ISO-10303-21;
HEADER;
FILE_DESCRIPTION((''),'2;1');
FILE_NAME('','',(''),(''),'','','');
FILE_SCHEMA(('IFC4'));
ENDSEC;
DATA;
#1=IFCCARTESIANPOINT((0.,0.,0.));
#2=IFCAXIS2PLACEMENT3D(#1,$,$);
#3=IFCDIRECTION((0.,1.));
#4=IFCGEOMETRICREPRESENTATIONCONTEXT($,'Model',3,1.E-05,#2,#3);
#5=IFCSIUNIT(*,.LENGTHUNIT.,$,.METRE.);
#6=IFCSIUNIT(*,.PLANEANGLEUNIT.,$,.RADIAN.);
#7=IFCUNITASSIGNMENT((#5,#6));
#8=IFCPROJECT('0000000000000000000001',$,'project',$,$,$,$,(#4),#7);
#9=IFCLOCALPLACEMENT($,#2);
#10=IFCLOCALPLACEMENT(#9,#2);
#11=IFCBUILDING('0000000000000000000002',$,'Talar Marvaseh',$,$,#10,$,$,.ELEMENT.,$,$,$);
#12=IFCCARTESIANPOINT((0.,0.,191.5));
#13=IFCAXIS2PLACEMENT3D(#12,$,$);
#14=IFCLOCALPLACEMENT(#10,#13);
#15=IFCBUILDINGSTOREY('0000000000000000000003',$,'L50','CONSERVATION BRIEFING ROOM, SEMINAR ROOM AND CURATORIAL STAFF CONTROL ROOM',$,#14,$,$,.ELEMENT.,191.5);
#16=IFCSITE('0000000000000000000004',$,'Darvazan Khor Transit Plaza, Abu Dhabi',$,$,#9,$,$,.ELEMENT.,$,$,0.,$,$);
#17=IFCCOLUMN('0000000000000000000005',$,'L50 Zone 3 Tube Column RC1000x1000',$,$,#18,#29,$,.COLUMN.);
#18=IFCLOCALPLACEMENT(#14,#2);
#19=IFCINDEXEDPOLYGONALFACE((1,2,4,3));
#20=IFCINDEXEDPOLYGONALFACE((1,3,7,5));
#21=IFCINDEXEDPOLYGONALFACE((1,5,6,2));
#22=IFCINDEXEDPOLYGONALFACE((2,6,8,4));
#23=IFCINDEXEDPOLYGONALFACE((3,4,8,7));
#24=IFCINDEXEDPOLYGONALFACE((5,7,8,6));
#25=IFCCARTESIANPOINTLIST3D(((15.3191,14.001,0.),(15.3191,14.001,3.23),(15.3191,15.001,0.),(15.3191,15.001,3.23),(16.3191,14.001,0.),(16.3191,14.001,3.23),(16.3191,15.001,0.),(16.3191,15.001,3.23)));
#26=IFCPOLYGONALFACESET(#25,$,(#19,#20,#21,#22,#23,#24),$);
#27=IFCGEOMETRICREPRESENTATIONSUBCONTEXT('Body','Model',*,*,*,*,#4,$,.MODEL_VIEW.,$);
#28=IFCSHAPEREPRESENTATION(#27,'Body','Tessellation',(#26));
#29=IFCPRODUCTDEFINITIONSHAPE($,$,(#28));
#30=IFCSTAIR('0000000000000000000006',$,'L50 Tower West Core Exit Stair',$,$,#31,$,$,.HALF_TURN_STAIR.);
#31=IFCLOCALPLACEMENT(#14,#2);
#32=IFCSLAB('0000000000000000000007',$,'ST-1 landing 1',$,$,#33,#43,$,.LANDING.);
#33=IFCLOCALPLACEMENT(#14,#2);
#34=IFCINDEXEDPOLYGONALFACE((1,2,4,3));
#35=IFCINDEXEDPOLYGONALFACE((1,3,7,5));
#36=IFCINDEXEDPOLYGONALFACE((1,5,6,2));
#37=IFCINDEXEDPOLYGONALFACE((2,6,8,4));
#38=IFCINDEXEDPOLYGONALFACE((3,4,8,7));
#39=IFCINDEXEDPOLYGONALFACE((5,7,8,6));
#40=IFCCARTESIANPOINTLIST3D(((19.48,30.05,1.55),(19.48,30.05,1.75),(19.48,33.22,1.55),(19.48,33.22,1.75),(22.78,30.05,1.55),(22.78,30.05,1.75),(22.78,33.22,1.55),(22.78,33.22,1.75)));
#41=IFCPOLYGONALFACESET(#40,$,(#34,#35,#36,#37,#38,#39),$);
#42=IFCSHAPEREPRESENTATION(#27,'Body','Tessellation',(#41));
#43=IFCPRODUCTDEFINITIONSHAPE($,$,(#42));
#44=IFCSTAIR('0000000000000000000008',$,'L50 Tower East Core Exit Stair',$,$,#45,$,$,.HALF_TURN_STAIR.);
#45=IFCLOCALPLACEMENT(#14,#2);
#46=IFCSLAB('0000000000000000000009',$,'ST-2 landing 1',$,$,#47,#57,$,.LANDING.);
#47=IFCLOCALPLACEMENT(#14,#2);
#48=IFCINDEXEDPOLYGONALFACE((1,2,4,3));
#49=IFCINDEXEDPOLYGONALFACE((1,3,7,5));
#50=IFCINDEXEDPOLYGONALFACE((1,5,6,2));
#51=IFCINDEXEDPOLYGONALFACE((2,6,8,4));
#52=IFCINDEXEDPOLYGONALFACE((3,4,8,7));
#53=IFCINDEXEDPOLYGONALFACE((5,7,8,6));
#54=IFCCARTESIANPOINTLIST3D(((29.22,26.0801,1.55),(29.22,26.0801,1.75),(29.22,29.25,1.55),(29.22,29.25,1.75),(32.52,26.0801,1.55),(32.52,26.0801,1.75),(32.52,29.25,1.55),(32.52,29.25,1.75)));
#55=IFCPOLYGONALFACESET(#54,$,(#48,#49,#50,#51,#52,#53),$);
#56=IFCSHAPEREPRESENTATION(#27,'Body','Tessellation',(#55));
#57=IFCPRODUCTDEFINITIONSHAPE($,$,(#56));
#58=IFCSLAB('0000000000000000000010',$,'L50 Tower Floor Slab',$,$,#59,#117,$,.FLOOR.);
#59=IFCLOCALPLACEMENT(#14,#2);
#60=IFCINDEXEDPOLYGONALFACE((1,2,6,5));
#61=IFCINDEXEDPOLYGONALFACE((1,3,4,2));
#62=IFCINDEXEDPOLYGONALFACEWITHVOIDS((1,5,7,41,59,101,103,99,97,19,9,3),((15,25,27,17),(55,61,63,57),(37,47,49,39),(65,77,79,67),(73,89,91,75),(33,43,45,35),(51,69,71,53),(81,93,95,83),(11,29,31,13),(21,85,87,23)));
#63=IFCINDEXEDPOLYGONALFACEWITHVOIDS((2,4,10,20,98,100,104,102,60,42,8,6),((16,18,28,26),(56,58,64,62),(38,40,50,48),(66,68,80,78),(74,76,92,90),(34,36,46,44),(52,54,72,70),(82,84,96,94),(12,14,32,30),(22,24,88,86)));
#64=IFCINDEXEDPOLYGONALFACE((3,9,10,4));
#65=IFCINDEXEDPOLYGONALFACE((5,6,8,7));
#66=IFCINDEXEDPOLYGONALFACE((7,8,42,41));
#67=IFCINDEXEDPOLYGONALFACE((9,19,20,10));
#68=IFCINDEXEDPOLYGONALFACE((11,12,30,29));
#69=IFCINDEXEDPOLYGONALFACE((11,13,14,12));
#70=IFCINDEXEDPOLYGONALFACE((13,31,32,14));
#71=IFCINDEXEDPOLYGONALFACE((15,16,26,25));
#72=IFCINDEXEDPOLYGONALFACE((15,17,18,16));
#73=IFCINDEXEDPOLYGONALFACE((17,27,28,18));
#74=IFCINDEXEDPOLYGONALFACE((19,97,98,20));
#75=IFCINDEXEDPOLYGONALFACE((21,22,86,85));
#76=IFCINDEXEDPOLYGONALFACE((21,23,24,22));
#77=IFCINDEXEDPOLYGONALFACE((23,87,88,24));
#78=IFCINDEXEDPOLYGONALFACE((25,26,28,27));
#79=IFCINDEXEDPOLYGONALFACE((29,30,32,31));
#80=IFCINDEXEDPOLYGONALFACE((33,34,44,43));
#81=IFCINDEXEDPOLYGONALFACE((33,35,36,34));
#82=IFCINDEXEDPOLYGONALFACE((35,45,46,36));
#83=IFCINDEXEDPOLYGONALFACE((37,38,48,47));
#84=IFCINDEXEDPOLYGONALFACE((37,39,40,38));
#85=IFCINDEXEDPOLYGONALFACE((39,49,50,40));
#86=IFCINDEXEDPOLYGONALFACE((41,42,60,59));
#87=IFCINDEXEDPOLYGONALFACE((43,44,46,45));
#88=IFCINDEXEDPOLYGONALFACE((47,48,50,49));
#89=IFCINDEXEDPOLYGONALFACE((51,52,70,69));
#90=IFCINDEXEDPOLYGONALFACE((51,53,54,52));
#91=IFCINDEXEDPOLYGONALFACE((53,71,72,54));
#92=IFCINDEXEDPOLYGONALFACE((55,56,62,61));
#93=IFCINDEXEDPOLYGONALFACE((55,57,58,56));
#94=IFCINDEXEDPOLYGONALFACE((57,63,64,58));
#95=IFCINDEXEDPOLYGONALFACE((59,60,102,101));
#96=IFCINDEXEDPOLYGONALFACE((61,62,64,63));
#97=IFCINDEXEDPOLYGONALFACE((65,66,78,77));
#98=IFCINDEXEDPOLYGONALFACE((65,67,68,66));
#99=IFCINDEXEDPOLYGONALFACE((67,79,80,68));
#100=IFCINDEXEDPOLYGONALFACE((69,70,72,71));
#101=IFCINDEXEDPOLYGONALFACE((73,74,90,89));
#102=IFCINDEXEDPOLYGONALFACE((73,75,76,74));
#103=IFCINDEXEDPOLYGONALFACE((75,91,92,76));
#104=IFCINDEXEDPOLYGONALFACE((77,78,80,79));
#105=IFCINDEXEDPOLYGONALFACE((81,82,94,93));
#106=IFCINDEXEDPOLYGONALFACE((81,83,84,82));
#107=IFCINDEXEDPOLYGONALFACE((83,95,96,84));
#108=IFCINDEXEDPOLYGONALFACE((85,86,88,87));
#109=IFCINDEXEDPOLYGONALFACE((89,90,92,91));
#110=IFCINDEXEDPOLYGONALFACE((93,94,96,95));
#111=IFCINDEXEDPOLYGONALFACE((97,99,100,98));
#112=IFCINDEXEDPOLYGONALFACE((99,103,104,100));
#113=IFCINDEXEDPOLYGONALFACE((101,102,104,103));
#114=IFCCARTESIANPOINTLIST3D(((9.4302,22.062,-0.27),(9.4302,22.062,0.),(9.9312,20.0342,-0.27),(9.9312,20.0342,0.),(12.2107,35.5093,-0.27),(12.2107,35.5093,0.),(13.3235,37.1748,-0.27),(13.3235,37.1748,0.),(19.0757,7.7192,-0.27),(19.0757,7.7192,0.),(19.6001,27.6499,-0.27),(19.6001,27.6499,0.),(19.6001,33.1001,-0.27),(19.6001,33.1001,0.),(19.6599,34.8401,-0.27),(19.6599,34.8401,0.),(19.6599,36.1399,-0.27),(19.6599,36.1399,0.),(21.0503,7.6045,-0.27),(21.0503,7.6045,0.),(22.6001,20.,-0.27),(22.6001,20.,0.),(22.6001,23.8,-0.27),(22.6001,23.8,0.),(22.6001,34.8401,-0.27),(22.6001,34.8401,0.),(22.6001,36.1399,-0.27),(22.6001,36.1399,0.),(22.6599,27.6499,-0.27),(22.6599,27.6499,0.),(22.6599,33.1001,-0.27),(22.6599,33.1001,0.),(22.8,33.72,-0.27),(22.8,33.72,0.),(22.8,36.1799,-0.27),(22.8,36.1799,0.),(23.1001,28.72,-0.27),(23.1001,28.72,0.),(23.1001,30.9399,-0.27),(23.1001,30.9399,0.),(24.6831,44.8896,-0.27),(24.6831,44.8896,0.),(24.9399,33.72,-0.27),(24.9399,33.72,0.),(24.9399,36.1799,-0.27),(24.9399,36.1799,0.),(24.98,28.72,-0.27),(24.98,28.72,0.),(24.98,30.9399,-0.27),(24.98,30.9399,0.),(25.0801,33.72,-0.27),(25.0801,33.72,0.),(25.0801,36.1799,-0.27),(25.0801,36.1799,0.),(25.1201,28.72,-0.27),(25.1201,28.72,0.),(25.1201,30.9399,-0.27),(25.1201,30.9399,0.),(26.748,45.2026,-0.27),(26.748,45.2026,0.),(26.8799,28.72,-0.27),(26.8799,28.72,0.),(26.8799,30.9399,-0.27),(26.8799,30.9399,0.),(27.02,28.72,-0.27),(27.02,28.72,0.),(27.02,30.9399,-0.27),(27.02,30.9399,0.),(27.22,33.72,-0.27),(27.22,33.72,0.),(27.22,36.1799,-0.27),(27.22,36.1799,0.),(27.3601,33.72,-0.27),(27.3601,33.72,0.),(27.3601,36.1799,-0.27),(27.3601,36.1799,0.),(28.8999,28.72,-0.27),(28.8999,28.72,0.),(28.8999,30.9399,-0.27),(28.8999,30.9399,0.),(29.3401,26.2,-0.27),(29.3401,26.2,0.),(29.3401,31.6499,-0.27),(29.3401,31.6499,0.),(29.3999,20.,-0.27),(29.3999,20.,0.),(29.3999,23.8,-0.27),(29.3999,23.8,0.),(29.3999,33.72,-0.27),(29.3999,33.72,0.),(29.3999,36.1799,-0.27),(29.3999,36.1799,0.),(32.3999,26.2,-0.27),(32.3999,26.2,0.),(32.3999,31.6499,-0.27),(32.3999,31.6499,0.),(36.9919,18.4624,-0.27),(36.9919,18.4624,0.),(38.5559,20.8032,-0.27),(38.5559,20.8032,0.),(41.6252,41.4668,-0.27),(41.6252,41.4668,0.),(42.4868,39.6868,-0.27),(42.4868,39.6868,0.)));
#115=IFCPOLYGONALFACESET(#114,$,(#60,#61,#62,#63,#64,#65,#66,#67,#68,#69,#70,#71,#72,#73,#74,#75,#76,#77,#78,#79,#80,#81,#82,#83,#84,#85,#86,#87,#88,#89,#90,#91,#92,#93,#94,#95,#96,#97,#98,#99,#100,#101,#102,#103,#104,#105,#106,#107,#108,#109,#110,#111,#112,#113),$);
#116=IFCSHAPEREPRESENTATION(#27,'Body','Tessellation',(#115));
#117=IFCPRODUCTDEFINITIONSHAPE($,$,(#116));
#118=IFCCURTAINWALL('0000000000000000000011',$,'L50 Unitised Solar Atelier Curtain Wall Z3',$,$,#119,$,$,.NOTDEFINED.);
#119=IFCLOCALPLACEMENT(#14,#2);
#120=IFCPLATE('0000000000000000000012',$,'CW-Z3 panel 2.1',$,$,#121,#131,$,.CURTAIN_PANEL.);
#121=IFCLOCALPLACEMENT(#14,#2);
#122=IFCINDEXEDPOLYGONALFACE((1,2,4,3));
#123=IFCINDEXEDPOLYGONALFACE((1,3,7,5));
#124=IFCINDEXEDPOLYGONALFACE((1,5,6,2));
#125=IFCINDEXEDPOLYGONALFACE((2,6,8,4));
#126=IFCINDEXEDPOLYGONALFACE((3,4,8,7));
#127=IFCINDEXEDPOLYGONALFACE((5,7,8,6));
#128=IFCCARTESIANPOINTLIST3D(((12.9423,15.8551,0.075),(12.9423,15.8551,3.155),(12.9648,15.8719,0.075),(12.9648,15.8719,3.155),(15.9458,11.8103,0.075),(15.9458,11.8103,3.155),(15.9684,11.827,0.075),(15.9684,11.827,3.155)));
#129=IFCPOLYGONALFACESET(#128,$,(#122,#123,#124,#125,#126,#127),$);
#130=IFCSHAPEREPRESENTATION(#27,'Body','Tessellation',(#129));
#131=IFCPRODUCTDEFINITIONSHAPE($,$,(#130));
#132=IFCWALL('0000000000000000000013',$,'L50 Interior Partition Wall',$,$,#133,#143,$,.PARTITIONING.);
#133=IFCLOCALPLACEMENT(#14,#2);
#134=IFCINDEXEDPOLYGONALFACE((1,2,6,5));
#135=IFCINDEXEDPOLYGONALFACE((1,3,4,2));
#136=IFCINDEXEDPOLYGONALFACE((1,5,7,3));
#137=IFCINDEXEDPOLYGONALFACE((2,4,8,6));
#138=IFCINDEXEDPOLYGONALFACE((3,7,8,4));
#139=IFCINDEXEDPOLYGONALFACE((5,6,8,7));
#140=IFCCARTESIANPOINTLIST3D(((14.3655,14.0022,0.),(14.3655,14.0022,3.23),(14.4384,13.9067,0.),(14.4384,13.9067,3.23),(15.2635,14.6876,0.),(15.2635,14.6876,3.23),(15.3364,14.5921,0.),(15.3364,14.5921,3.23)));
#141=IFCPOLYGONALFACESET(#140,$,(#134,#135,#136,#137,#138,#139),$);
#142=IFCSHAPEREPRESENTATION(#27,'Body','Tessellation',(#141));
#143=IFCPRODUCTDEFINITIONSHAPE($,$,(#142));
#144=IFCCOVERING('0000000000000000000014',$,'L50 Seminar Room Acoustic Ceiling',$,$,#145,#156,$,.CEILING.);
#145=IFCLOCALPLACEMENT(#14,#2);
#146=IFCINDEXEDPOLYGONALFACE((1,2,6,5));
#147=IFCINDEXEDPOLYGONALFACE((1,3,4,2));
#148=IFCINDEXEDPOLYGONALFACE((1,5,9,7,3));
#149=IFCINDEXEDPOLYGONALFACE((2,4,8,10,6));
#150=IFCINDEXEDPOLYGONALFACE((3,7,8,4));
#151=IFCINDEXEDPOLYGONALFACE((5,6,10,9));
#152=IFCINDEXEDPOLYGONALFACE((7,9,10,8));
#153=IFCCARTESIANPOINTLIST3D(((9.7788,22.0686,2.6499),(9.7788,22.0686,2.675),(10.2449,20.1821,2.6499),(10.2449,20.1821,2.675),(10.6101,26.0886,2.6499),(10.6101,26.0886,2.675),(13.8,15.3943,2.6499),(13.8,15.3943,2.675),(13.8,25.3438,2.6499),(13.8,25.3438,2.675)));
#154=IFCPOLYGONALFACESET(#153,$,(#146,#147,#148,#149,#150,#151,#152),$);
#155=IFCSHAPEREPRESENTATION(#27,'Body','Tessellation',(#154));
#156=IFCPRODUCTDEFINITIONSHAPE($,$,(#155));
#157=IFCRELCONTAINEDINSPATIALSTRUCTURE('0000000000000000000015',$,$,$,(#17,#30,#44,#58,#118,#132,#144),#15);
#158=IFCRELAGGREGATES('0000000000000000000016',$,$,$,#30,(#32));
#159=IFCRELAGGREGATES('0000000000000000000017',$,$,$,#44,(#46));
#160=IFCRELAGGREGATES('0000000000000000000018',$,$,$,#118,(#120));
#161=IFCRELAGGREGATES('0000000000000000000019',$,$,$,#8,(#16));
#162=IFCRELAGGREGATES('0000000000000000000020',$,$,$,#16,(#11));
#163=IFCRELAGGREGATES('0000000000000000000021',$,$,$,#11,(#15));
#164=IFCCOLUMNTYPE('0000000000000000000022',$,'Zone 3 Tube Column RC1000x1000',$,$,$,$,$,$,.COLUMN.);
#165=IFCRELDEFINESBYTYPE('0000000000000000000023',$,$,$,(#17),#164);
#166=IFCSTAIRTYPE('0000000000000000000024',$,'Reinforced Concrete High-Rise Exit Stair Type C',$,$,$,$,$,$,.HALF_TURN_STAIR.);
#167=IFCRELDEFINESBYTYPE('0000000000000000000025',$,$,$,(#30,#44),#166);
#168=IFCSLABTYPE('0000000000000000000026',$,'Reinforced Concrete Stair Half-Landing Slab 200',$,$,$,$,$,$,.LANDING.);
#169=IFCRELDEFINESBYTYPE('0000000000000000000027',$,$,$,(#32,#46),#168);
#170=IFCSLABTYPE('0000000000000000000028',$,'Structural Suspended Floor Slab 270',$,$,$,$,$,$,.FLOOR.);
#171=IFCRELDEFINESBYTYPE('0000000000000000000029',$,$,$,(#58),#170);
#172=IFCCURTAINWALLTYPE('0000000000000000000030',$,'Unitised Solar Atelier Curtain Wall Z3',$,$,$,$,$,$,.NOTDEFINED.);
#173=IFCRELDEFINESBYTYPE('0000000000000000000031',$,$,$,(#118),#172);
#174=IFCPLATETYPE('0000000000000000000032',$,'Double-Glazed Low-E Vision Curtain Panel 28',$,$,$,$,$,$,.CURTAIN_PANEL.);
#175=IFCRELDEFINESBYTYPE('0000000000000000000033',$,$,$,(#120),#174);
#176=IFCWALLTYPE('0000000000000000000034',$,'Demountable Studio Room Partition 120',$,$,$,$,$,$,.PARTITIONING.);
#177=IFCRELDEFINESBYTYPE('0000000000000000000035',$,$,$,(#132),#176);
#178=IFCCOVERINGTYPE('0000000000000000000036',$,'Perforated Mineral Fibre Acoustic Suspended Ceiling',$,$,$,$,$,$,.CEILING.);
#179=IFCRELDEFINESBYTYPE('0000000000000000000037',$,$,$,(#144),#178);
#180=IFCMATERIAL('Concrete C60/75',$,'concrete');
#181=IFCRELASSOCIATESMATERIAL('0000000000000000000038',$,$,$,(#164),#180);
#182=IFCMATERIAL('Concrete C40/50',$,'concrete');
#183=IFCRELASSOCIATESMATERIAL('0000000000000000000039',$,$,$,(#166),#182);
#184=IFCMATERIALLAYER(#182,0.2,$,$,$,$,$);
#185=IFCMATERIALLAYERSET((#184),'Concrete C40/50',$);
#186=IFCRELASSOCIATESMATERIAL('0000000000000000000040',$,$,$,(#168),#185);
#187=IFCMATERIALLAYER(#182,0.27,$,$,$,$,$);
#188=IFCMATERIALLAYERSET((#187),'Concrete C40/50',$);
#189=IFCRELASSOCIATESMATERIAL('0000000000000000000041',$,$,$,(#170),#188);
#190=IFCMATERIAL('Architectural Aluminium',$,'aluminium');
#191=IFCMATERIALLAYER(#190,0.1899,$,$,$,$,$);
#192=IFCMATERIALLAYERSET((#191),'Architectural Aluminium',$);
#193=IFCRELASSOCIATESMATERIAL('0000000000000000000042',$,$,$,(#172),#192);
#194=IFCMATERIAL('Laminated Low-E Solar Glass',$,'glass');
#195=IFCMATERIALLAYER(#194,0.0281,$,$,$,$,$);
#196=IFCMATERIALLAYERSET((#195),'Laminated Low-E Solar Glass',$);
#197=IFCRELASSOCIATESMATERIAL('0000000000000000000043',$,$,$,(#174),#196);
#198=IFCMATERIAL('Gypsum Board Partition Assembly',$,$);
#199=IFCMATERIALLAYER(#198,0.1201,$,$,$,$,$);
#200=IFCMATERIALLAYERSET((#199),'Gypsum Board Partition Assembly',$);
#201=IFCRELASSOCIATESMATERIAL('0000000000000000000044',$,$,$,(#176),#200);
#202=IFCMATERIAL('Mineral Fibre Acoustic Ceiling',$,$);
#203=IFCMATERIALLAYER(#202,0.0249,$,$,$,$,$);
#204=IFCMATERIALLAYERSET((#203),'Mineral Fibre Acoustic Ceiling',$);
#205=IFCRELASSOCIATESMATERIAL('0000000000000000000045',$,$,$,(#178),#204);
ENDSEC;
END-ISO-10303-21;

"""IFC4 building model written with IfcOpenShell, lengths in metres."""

from ifc_helpers import new_model, si_unit, direction, frame, frame_2d, origin, origin_2d, place, context, subcontext, project, spatial, polyline, rectangle, outline, extrude, source, transform, mapped, material, layer, layer_set, material_profile, profile_set, type_object, type_shapes, element, aggregate, save


model = new_model("IFC4")

# Units and contexts
model_context = context("Model", 3, precision=1e-05, world=origin(), true_north=direction((0.0, 1.0)))
body_context = subcontext(model_context, "Body", "Model", "MODEL_VIEW")
ifc_project = project(units=[si_unit("LENGTHUNIT", "METRE"), si_unit("PLANEANGLEUNIT", "RADIAN")], contexts=[model_context])

# Site, building, storey
site_placement = place(None, origin())
site = spatial("IfcSite", under=ifc_project, at=site_placement, Name="Darvazan Khor Transit Plaza, Abu Dhabi", CompositionType="ELEMENT", RefElevation=0.0)
building_placement = place(site_placement, origin())
building = spatial("IfcBuilding", under=site, at=building_placement, Name="Talar Marvaseh", CompositionType="ELEMENT")
storey_placement = place(building_placement, frame((0.0, 0.0, 191.5)))
storey = spatial("IfcBuildingStorey", under=building, at=storey_placement, Name="L50", Description="CONSERVATION BRIEFING ROOM, SEMINAR ROOM AND CURATORIAL STAFF CONTROL ROOM", CompositionType="ELEMENT", Elevation=191.5)

# Column
ifc_material_1 = material(Name="Concrete C60/75", Category="concrete")
ifc_material_profile = material_profile(ifc_material_1, rectangle(XDim=1.0, YDim=1.0, at=origin_2d()), Name="RC1000x1000")
ifc_profile_set = profile_set([ifc_material_profile], Name="Concrete C60/75")
column_type = type_object("IfcColumnType", Name="Zone 3 Tube Column RC1000x1000", PredefinedType="COLUMN", material=ifc_profile_set)
column_placement = place(storey_placement, frame((15.8191, 14.501, 0.0), z_axis=(0.0, 0.0, 1.0), x_axis=(1.0, 0.0, 0.0)))
element("IfcColumn", 1, at=column_placement, inside=storey, type_object=column_type, Name="L50 Zone 3 Tube Column RC1000x1000", PredefinedType="COLUMN", context=body_context, shape_type="SweptSolid", body=[
    extrude(rectangle(XDim=1.0, YDim=1.0, at=origin_2d()), origin(), (0.0, 0.0, 1.0), 3.23),
])

# Stairs, slabs
ifc_material_2 = material(Name="Concrete C40/50", Category="concrete")
stair_type = type_object("IfcStairType", Name="Reinforced Concrete High-Rise Exit Stair Type C", PredefinedType="HALF_TURN_STAIR", material=ifc_material_2)
stair_1_placement = place(storey_placement, origin())
stair_1 = element("IfcStair", 2, at=stair_1_placement, inside=storey, type_object=stair_type, Name="L50 Tower West Core Exit Stair", PredefinedType="HALF_TURN_STAIR")
ifc_layer_1 = layer(ifc_material_2, 0.2)
ifc_layer_set_1 = layer_set([ifc_layer_1], Name="Concrete C40/50")
slab_type_1 = type_object("IfcSlabType", Name="Reinforced Concrete Stair Half-Landing Slab 200", PredefinedType="LANDING", material=ifc_layer_set_1)
slab_1_placement = place(storey_placement, frame((0.0, 0.0, 1.55)))
slab_1 = element("IfcSlab", 3, at=slab_1_placement, type_object=slab_type_1, Name="ST-1 landing 1", PredefinedType="LANDING", context=body_context, shape_type="SweptSolid", body=[
    extrude(outline(polyline([(22.78, 30.05), (22.78, 33.22), (19.48, 33.22), (19.48, 30.05), (22.78, 30.05)])), origin(), (0.0, 0.0, 1.0), 0.2),
])
aggregate(stair_1, [slab_1])
stair_2_placement = place(storey_placement, origin())
stair_2 = element("IfcStair", 4, at=stair_2_placement, inside=storey, type_object=stair_type, Name="L50 Tower East Core Exit Stair", PredefinedType="HALF_TURN_STAIR")
slab_2_placement = place(storey_placement, frame((0.0, 0.0, 1.55)))
slab_2 = element("IfcSlab", 5, at=slab_2_placement, type_object=slab_type_1, Name="ST-2 landing 1", PredefinedType="LANDING", context=body_context, shape_type="SweptSolid", body=[
    extrude(outline(polyline([(29.22, 29.25), (29.22, 26.0801), (32.52, 26.0801), (32.52, 29.25), (29.22, 29.25)])), origin(), (0.0, 0.0, 1.0), 0.2),
])
aggregate(stair_2, [slab_2])

# Slab
ifc_layer_2 = layer(ifc_material_2, 0.27)
ifc_layer_set_2 = layer_set([ifc_layer_2], Name="Concrete C40/50")
slab_type_2 = type_object("IfcSlabType", Name="Structural Suspended Floor Slab 270", PredefinedType="FLOOR", material=ifc_layer_set_2)
slab_3_placement = place(storey_placement, frame((0.0, 0.0, -0.27)))
element("IfcSlab", 6, at=slab_3_placement, inside=storey, type_object=slab_type_2, Name="L50 Tower Floor Slab", PredefinedType="FLOOR", context=body_context, shape_type="SweptSolid", body=[
    extrude(outline(polyline([(21.0503, 7.6045), (19.0757, 7.7192), (9.9312, 20.0342), (9.4302, 22.062), (12.2107, 35.5093), (13.3235, 37.1748), (24.6831, 44.8896), (26.748, 45.2026), (41.6252, 41.4668), (42.4868, 39.6868), (38.5559, 20.8032), (36.9919, 18.4624), (21.0503, 7.6045)]), holes=[polyline([(22.6599, 27.6499), (22.6599, 33.1001), (19.6001, 33.1001), (19.6001, 27.6499), (22.6599, 27.6499)]), polyline([(29.3401, 31.6499), (29.3401, 26.2), (32.3999, 26.2), (32.3999, 31.6499), (29.3401, 31.6499)]), polyline([(22.8, 33.72), (24.9399, 33.72), (24.9399, 36.1799), (22.8, 36.1799), (22.8, 33.72)]), polyline([(25.0801, 33.72), (27.22, 33.72), (27.22, 36.1799), (25.0801, 36.1799), (25.0801, 33.72)]), polyline([(27.3601, 33.72), (29.3999, 33.72), (29.3999, 36.1799), (27.3601, 36.1799), (27.3601, 33.72)]), polyline([(23.1001, 28.72), (24.98, 28.72), (24.98, 30.9399), (23.1001, 30.9399), (23.1001, 28.72)]), polyline([(25.1201, 28.72), (26.8799, 28.72), (26.8799, 30.9399), (25.1201, 30.9399), (25.1201, 28.72)]), polyline([(27.02, 28.72), (28.8999, 28.72), (28.8999, 30.9399), (27.02, 30.9399), (27.02, 28.72)]), polyline([(19.6599, 34.8401), (22.6001, 34.8401), (22.6001, 36.1399), (19.6599, 36.1399), (19.6599, 34.8401)]), polyline([(22.6001, 20.0), (29.3999, 20.0), (29.3999, 23.8), (22.6001, 23.8), (22.6001, 20.0)])]), origin(), (0.0, 0.0, 1.0), 0.27),
])

# Curtain wall, plate
ifc_material_3 = material(Name="Architectural Aluminium", Category="aluminium")
ifc_layer_3 = layer(ifc_material_3, 0.1899)
ifc_layer_set_3 = layer_set([ifc_layer_3], Name="Architectural Aluminium")
curtain_wall_type = type_object("IfcCurtainWallType", Name="Unitised Solar Atelier Curtain Wall Z3", PredefinedType="NOTDEFINED", material=ifc_layer_set_3)
curtain_wall_placement = place(storey_placement, origin())
curtain_wall = element("IfcCurtainWall", 7, at=curtain_wall_placement, inside=storey, type_object=curtain_wall_type, Name="L50 Unitised Solar Atelier Curtain Wall Z3", PredefinedType="NOTDEFINED")
ifc_material_4 = material(Name="Laminated Low-E Solar Glass", Category="glass")
ifc_layer_4 = layer(ifc_material_4, 0.0281)
ifc_layer_set_4 = layer_set([ifc_layer_4], Name="Laminated Low-E Solar Glass")
plate_type = type_object("IfcPlateType", Name="Double-Glazed Low-E Vision Curtain Panel 28", PredefinedType="CURTAIN_PANEL", material=ifc_layer_set_4)
shared_shape_1 = source(origin(), body_context, "Body", "SweptSolid", [
    extrude(rectangle(XDim=5.0381, YDim=0.0281, at=origin_2d()), origin(), (0.0, 0.0, 1.0), 3.0801),
])
type_shapes(plate_type, [shared_shape_1])
plate_placement = place(storey_placement, frame((14.4553, 13.8411, 0.075), z_axis=(0.0, 0.0, 1.0), x_axis=(-0.596173, 0.802856, 0.0)))
plate = element("IfcPlate", 8, at=plate_placement, type_object=plate_type, Name="CW-Z3 panel 2.1", PredefinedType="CURTAIN_PANEL", context=body_context, shape_type="MappedRepresentation", body=[
    mapped(shared_shape_1, transform((0.0, 0.0, 0.0), x_axis=(1.0, 0.0, 0.0), y_axis=(0.0, 1.0, 0.0), z_axis=(0.0, 0.0, 1.0), scale=1.0)),
])
aggregate(curtain_wall, [plate])

# Wall
ifc_material_5 = material(Name="Gypsum Board Partition Assembly")
ifc_layer_5 = layer(ifc_material_5, 0.1201)
ifc_layer_set_5 = layer_set([ifc_layer_5], Name="Gypsum Board Partition Assembly")
wall_type = type_object("IfcWallType", Name="Demountable Studio Room Partition 120", PredefinedType="PARTITIONING", material=ifc_layer_set_5)
wall_placement = place(storey_placement, frame((15.3, 14.6399, 0.0), z_axis=(0.0, 0.0, 1.0), x_axis=(-0.79494, -0.606688, 0.0)))
element("IfcWall", 9, at=wall_placement, inside=storey, type_object=wall_type, Name="L50 Interior Partition Wall", PredefinedType="PARTITIONING", context=body_context, shape_type="SweptSolid", body=[
    extrude(rectangle(XDim=1.1296, YDim=0.1201, at=frame_2d((0.5649, 0.0))), origin(), (0.0, 0.0, 1.0), 3.23),
])

# Covering
ifc_material_6 = material(Name="Mineral Fibre Acoustic Ceiling")
ifc_layer_6 = layer(ifc_material_6, 0.0249)
ifc_layer_set_6 = layer_set([ifc_layer_6], Name="Mineral Fibre Acoustic Ceiling")
covering_type_1 = type_object("IfcCoveringType", Name="Perforated Mineral Fibre Acoustic Suspended Ceiling", PredefinedType="CEILING", material=ifc_layer_set_6)
covering_1_placement = place(storey_placement, frame((0.0, 0.0, 2.6499)))
element("IfcCovering", 10, at=covering_1_placement, inside=storey, type_object=covering_type_1, Name="L50 Seminar Room Acoustic Ceiling", PredefinedType="CEILING", context=body_context, shape_type="SweptSolid", body=[
    extrude(outline(polyline([(13.8, 25.3438), (13.8, 15.3943), (10.2449, 20.1821), (9.7788, 22.0686), (10.6101, 26.0886), (13.8, 25.3438)])), origin(), (0.0, 0.0, 1.0), 0.0251),
])

save(model, "model.ifc")
